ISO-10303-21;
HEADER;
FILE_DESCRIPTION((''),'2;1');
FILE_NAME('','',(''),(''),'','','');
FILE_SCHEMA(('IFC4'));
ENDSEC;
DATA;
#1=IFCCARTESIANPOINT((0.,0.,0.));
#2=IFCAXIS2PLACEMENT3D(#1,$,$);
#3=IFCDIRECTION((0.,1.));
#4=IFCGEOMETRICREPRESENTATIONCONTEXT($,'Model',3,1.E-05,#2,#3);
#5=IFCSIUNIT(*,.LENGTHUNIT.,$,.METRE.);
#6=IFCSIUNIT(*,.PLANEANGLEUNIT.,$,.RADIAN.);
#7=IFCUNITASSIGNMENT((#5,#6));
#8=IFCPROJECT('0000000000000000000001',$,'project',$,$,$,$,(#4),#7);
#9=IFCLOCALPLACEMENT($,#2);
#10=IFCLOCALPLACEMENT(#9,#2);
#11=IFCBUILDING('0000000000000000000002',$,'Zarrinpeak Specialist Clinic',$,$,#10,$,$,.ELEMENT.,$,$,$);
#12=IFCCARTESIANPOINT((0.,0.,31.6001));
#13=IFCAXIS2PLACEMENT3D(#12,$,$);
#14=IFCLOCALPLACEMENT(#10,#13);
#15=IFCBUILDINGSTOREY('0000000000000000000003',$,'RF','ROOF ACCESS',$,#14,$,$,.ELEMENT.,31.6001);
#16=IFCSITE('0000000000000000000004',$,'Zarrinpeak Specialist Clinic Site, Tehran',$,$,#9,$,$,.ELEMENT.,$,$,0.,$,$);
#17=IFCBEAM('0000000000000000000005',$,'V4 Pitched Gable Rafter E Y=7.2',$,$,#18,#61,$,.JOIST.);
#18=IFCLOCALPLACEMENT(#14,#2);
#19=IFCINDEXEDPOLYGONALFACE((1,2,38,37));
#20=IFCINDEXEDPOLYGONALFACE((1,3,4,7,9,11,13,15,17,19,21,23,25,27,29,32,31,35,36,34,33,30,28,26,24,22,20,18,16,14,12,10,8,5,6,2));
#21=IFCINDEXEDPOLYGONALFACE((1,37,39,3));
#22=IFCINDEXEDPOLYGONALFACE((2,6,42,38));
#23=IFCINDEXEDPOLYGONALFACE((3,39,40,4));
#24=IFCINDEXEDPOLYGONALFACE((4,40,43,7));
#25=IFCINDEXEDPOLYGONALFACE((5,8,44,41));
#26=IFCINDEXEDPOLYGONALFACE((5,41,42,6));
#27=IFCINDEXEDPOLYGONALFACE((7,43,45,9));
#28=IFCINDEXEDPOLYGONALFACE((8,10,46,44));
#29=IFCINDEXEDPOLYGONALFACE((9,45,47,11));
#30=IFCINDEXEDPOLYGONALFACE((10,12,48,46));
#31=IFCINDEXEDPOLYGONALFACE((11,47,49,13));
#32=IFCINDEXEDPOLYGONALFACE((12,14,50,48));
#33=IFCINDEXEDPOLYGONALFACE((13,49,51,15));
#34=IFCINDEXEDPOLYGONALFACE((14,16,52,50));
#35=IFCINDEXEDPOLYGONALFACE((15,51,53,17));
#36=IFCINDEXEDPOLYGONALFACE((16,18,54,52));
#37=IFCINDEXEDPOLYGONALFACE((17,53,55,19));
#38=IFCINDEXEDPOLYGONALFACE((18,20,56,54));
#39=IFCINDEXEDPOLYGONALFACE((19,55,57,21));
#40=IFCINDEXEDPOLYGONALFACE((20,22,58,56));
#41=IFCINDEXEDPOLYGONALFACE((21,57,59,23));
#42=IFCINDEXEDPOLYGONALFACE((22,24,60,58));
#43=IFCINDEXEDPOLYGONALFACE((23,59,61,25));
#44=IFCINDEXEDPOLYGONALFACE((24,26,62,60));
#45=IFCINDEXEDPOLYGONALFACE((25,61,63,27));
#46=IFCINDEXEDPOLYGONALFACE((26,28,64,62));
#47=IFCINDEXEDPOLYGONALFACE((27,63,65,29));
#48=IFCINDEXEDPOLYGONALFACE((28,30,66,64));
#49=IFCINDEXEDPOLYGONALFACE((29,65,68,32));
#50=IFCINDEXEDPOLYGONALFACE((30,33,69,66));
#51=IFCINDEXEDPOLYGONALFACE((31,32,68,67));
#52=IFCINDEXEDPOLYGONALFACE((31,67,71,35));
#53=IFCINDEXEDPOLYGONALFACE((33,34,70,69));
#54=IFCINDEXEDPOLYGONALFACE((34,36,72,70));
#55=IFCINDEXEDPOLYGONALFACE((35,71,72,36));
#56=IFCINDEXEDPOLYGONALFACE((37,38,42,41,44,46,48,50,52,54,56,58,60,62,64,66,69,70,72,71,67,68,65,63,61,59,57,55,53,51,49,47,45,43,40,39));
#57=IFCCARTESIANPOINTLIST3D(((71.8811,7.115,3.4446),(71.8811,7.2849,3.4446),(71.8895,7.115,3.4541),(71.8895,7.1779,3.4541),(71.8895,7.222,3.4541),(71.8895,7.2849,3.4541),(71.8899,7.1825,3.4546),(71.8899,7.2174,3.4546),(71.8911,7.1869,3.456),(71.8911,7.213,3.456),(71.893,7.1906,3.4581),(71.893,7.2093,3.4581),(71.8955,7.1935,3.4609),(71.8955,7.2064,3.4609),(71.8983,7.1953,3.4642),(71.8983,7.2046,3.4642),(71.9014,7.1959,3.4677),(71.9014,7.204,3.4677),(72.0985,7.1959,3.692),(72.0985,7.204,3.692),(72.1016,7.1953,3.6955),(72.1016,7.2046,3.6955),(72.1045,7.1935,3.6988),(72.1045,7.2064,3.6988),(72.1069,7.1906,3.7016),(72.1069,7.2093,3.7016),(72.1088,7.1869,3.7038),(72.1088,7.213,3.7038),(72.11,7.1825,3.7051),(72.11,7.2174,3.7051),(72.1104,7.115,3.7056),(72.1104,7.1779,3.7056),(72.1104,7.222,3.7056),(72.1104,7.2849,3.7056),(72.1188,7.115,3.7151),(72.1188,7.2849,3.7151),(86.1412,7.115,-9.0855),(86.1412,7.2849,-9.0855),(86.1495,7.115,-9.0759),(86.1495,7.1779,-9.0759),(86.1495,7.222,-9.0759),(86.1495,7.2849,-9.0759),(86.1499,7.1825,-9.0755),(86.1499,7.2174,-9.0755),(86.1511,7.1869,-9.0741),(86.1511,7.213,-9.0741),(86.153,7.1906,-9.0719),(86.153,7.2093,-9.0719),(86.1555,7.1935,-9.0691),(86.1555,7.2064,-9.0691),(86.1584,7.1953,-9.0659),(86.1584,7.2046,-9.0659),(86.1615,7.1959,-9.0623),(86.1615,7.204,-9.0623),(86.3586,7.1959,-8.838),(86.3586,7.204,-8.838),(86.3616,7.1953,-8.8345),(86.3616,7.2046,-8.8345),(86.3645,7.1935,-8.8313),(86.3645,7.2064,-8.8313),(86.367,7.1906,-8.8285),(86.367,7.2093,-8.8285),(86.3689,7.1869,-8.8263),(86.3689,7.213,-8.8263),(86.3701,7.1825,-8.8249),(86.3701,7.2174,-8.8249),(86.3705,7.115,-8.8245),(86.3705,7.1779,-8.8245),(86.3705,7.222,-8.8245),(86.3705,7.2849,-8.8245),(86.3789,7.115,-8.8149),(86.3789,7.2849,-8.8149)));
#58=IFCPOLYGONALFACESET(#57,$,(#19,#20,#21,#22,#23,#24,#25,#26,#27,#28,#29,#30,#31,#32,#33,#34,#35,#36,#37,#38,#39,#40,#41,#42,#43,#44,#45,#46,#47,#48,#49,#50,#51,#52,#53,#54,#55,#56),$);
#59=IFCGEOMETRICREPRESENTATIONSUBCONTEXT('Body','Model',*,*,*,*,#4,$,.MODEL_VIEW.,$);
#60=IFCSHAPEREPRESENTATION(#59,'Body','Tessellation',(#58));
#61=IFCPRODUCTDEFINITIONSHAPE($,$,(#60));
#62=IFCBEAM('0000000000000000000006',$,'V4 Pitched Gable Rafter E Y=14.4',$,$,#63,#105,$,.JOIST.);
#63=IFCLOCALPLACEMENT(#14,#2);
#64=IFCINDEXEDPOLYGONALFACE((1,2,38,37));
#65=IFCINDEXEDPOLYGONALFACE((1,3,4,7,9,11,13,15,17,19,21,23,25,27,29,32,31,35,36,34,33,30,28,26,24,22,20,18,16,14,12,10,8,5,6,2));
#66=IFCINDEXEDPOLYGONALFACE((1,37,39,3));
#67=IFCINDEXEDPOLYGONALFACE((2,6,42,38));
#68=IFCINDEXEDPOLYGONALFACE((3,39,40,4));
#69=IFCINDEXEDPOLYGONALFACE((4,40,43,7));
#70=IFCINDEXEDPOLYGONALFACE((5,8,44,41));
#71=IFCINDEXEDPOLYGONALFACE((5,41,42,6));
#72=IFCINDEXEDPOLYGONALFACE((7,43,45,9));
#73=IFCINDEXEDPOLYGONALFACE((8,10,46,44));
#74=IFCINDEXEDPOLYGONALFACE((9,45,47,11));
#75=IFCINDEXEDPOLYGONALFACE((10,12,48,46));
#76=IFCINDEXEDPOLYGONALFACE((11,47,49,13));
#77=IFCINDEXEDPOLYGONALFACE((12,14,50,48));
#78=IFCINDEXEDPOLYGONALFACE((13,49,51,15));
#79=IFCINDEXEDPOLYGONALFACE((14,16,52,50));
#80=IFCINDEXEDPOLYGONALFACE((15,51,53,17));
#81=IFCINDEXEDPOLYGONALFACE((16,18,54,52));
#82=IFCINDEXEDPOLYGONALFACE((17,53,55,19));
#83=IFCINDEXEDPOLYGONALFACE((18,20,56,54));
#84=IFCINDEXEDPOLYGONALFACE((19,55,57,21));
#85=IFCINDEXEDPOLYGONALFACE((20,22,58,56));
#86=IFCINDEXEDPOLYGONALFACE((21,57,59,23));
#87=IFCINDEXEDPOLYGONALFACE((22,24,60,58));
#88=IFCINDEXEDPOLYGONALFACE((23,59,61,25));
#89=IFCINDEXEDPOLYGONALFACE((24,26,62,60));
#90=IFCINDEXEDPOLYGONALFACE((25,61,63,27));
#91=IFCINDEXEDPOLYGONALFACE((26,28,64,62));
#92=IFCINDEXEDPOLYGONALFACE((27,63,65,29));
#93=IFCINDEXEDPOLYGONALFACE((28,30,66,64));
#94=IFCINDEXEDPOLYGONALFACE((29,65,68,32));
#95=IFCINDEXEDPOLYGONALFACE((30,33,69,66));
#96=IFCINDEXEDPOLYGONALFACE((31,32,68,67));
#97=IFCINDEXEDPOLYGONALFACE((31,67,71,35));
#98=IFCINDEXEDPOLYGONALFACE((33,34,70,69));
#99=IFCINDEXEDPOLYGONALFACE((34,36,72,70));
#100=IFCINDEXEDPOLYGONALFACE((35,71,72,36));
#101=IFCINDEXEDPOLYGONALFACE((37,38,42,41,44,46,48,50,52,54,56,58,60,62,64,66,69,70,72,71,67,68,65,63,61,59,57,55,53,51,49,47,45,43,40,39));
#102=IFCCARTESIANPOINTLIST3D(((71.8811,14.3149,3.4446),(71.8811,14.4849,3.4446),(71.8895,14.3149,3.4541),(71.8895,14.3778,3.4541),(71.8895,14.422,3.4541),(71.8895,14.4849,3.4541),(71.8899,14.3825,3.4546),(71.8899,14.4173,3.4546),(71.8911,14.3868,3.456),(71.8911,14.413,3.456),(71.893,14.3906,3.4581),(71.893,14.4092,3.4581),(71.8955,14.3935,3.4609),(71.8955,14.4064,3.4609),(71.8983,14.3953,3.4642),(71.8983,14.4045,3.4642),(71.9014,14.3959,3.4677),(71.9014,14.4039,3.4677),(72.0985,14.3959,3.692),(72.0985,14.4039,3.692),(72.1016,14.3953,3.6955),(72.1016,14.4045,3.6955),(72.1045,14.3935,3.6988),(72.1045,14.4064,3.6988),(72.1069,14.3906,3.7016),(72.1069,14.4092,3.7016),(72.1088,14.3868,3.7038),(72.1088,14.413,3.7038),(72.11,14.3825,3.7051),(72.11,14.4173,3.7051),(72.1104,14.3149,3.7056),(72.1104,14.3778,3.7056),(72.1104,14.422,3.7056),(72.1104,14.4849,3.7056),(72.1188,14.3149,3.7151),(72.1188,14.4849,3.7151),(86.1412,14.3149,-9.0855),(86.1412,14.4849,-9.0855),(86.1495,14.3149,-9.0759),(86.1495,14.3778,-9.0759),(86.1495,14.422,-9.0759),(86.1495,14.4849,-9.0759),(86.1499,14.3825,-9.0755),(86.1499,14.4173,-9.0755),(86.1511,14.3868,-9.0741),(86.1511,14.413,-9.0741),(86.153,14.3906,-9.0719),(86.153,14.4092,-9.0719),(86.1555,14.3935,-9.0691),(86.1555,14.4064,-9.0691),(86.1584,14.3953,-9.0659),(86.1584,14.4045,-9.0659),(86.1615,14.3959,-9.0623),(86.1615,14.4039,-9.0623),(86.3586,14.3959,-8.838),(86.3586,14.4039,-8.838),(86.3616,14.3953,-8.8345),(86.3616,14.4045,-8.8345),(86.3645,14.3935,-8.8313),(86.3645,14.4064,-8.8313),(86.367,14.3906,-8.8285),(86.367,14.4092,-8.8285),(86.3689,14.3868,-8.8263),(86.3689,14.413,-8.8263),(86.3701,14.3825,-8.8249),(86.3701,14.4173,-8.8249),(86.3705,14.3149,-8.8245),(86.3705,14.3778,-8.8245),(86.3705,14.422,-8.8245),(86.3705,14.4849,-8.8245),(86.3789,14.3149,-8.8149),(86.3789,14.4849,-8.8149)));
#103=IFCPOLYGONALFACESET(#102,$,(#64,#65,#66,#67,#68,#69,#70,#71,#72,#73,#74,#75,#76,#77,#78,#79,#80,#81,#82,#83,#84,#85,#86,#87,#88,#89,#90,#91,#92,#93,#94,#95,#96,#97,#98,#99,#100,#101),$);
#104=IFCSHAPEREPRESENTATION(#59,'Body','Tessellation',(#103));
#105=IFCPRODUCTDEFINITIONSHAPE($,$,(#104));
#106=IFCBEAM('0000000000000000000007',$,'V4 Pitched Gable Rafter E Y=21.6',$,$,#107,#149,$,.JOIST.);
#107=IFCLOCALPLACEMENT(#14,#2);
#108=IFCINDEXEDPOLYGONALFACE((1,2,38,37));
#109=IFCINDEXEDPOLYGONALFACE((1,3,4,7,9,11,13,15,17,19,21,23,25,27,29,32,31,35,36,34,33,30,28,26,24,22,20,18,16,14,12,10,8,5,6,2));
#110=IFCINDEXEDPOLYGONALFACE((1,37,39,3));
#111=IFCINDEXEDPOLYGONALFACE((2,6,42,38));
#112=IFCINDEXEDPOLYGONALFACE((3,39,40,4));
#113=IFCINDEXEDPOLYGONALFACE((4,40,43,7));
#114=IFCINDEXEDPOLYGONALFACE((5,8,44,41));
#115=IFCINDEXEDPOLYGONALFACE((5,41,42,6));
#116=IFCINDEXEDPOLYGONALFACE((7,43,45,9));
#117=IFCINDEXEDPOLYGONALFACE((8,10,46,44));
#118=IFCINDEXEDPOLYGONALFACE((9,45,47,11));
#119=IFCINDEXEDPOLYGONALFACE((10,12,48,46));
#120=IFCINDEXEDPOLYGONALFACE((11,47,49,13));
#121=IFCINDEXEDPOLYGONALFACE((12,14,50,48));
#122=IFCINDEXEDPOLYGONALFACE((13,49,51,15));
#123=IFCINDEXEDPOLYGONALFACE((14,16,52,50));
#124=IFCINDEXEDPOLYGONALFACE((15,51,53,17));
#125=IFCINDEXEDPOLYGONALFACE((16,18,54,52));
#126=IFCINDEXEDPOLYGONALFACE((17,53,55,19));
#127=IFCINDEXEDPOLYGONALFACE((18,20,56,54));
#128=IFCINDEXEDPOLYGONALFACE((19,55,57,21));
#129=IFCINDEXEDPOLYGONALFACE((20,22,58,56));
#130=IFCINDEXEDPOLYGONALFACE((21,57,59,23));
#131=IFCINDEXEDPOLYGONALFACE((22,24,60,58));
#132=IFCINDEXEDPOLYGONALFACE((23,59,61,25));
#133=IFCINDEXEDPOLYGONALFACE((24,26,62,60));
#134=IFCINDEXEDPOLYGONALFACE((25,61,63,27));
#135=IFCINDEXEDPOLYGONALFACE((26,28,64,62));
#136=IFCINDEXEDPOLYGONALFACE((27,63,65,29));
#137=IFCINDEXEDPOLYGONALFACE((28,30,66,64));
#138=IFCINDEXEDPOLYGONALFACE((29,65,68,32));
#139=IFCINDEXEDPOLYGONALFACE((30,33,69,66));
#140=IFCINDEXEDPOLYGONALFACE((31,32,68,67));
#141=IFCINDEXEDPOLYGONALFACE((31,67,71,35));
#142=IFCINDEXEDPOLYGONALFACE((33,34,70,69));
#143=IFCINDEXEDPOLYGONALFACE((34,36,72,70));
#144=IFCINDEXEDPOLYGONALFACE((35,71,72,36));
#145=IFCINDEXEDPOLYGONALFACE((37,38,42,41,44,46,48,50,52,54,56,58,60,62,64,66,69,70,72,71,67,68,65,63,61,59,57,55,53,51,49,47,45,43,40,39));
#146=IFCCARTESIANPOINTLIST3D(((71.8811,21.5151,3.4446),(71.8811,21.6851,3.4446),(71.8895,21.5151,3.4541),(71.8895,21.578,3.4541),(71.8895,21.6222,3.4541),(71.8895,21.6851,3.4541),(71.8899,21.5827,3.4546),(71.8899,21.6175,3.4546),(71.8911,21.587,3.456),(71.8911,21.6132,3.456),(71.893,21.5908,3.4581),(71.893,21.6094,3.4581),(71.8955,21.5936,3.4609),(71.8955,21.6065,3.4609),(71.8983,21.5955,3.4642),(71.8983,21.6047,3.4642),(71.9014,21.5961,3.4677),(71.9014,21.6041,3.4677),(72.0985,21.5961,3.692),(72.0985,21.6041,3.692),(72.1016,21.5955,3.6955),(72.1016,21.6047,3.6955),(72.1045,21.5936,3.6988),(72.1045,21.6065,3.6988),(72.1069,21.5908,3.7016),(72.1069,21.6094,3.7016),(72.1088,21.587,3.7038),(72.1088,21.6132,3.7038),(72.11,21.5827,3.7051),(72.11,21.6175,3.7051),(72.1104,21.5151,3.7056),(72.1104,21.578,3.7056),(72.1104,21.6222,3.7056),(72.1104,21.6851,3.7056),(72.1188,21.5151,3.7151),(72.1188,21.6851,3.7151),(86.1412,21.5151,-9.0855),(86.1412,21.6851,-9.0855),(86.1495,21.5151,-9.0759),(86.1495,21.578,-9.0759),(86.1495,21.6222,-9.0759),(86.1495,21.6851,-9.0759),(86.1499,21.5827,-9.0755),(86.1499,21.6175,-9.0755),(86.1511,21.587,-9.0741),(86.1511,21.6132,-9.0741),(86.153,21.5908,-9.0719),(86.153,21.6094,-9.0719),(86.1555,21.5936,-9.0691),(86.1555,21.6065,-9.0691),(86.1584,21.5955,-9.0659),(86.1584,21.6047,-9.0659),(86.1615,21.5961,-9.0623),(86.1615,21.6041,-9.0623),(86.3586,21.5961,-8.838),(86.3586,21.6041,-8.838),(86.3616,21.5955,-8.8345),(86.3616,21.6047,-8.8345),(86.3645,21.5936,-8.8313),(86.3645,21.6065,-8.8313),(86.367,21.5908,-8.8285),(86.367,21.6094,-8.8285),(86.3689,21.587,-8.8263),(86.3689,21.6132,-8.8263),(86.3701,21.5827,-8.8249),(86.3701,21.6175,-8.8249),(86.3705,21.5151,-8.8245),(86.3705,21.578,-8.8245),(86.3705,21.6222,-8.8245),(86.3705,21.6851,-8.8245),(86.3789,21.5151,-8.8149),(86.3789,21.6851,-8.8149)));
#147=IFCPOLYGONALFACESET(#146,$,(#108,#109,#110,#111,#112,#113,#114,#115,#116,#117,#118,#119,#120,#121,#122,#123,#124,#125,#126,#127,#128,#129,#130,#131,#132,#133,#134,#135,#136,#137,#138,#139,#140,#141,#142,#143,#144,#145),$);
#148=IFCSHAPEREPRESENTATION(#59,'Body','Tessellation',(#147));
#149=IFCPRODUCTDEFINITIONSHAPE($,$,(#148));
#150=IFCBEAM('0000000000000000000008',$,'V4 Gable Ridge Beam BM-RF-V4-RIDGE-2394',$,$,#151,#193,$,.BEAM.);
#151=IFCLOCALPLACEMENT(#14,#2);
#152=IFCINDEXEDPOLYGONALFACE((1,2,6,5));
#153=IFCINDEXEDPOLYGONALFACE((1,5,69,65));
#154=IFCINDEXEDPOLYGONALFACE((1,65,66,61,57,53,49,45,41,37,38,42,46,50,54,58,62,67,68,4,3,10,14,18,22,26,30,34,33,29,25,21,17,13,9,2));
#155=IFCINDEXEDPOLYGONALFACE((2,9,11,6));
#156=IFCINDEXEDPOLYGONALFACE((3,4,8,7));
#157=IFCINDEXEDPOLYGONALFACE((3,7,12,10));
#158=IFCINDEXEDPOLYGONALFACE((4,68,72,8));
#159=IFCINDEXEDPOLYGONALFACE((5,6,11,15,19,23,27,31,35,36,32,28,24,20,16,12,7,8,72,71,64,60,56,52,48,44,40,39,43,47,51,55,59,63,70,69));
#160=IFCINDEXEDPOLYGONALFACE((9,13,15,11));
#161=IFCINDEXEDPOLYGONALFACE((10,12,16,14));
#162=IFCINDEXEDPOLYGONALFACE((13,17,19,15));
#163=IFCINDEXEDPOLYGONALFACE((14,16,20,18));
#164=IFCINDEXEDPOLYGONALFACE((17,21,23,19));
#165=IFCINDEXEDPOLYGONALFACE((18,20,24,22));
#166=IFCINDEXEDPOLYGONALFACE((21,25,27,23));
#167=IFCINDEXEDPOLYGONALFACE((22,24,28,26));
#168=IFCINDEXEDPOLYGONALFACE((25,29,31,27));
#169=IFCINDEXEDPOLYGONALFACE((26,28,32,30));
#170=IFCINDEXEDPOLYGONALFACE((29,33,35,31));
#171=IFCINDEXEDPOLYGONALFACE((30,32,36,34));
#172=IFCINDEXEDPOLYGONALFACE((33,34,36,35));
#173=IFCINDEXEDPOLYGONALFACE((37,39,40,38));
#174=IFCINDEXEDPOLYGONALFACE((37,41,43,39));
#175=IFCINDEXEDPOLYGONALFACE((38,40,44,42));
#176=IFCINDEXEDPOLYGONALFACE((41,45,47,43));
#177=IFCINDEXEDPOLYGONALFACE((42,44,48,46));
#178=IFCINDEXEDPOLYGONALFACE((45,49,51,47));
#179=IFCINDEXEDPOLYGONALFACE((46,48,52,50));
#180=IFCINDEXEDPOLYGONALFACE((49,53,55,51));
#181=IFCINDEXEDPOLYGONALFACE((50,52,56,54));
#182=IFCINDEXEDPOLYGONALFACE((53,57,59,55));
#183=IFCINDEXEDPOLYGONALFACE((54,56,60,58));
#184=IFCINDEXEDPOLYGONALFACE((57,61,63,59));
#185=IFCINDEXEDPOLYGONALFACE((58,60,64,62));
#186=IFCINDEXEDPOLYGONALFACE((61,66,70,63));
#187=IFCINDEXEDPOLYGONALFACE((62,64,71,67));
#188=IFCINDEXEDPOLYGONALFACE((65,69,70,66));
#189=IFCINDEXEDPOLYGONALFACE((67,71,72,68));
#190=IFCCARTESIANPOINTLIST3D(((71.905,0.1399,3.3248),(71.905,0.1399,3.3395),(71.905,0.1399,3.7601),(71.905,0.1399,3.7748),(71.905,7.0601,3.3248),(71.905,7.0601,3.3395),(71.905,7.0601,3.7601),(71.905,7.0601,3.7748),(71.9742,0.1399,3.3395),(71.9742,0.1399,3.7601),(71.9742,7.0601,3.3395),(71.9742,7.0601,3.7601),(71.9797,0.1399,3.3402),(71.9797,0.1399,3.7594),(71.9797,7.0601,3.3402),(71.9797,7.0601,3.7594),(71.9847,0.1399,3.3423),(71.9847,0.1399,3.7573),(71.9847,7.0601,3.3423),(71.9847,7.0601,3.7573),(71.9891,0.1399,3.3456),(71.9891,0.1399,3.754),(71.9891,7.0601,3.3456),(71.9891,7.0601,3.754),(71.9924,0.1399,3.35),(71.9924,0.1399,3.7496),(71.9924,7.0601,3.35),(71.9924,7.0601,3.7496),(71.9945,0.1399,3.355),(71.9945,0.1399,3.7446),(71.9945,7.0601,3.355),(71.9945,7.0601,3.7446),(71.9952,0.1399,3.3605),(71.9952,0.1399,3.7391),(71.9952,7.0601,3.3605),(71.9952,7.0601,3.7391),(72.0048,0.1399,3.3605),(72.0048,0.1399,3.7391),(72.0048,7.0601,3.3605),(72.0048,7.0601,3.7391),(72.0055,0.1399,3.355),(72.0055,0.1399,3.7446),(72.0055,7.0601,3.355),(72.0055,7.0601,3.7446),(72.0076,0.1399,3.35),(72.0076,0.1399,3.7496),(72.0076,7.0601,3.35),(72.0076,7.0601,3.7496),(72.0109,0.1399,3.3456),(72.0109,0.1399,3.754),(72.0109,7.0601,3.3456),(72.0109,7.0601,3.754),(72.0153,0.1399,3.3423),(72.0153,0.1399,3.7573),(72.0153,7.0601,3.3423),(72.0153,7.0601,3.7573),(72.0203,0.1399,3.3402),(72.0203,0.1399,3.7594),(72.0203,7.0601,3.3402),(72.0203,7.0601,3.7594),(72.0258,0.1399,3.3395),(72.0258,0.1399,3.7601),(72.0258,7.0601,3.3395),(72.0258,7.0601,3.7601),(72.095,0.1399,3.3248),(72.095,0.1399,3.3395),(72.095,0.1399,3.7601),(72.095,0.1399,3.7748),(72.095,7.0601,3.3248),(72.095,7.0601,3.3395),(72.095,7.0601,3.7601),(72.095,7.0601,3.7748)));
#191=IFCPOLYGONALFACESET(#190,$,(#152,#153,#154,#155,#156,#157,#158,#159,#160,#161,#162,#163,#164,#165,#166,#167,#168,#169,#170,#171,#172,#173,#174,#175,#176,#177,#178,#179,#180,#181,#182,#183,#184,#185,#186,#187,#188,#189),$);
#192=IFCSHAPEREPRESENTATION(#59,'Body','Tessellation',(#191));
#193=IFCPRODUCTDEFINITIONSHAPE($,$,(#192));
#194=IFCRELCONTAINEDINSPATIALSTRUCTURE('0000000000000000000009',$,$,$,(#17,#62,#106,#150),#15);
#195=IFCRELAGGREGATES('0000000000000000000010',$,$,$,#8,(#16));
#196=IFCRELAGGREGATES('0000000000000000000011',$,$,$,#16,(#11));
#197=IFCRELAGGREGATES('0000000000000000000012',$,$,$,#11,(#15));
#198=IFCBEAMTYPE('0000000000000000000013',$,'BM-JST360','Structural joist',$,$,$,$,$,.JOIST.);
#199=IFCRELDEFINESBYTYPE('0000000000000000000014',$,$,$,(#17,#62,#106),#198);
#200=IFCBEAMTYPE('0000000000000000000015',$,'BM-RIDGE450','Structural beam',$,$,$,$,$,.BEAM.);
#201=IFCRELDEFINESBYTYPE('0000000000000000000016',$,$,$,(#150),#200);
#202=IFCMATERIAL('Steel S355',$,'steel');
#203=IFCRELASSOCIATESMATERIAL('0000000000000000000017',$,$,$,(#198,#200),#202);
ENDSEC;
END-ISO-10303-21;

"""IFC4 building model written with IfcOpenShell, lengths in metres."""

from ifc_helpers import new_model, si_unit, direction, frame, origin, origin_2d, place, context, subcontext, project, spatial, i_section, extrude, material, material_profile, profile_set, type_object, element, save


model = new_model("IFC4")

# Units and contexts
model_context = context("Model", 3, precision=1e-05, world=origin(), true_north=direction((0.0, 1.0)))
body_context = subcontext(model_context, "Body", "Model", "MODEL_VIEW")
ifc_project = project(units=[si_unit("LENGTHUNIT", "METRE"), si_unit("PLANEANGLEUNIT", "RADIAN")], contexts=[model_context])

# Site, building, storey
site_placement = place(None, origin())
site = spatial("IfcSite", under=ifc_project, at=site_placement, Name="Zarrinpeak Specialist Clinic Site, Tehran", CompositionType="ELEMENT", RefElevation=0.0)
building_placement = place(site_placement, origin())
building = spatial("IfcBuilding", under=site, at=building_placement, Name="Zarrinpeak Specialist Clinic", CompositionType="ELEMENT")
storey_placement = place(building_placement, frame((0.0, 0.0, 31.6001)))
storey = spatial("IfcBuildingStorey", under=building, at=storey_placement, Name="RF", Description="ROOF ACCESS", CompositionType="ELEMENT", Elevation=31.6001)

# Shared definitions
ifc_material_1 = material(Name="Steel S355", Category="steel")

# Beams
ifc_material_profile_1 = material_profile(ifc_material_1, i_section(OverallWidth=0.1699, OverallDepth=0.3601, WebThickness=0.0081, FlangeThickness=0.0127, FilletRadius=0.0181, at=origin_2d()), Name="IPE 360")
ifc_profile_set_1 = profile_set([ifc_material_profile_1], Name="Steel S355")
beam_type_1 = type_object("IfcBeamType", Name="BM-JST360", Description="Structural joist", PredefinedType="JOIST", material=ifc_profile_set_1)
for number, where, z_axis, x_axis, name in (
    (1, (86.26, 7.2, -8.9502), (-0.751204, 0.0, 0.66007), (0.0, -1.0, 0.0), "V4 Pitched Gable Rafter E Y=7.2"),
    (2, (86.26, 14.3999, -8.9502), (-0.751204, 0.0, 0.66007), (0.0, -1.0, 0.0), "V4 Pitched Gable Rafter E Y=14.4"),
    (3, (86.26, 21.6001, -8.9502), (-0.751204, 0.0, 0.66007), (0.0, -1.0, 0.0), "V4 Pitched Gable Rafter E Y=21.6"),
):
    element("IfcBeam", number, at=place(storey_placement, frame(where, z_axis=z_axis, x_axis=x_axis)), inside=storey, type_object=beam_type_1, Name=name, PredefinedType="JOIST", context=body_context, shape_type="SweptSolid", body=[
        extrude(i_section(OverallWidth=0.1699, OverallDepth=0.3601, WebThickness=0.0081, FlangeThickness=0.0127, FilletRadius=0.0181, at=origin_2d()), origin(), (0.0, 0.0, 1.0), 18.9829),
    ])
ifc_material_profile_2 = material_profile(ifc_material_1, i_section(OverallWidth=0.1899, OverallDepth=0.45, WebThickness=0.0095, FlangeThickness=0.0146, FilletRadius=0.021, at=origin_2d()), Name="IPE 450")
ifc_profile_set_2 = profile_set([ifc_material_profile_2], Name="Steel S355")
beam_type_2 = type_object("IfcBeamType", Name="BM-RIDGE450", Description="Structural beam", PredefinedType="BEAM", material=ifc_profile_set_2)
beam_placement = place(storey_placement, frame((72.0, 0.1399, 3.5498), z_axis=(0.0, 1.0, 0.0), x_axis=(-1.0, 0.0, 0.0)))
element("IfcBeam", 4, at=beam_placement, inside=storey, type_object=beam_type_2, Name="V4 Gable Ridge Beam BM-RF-V4-RIDGE-2394", PredefinedType="BEAM", context=body_context, shape_type="SweptSolid", body=[
    extrude(i_section(OverallWidth=0.1899, OverallDepth=0.45, WebThickness=0.0095, FlangeThickness=0.0146, FilletRadius=0.021, at=origin_2d()), origin(), (0.0, 0.0, 1.0), 6.9202),
])

save(model, "model.ifc")
